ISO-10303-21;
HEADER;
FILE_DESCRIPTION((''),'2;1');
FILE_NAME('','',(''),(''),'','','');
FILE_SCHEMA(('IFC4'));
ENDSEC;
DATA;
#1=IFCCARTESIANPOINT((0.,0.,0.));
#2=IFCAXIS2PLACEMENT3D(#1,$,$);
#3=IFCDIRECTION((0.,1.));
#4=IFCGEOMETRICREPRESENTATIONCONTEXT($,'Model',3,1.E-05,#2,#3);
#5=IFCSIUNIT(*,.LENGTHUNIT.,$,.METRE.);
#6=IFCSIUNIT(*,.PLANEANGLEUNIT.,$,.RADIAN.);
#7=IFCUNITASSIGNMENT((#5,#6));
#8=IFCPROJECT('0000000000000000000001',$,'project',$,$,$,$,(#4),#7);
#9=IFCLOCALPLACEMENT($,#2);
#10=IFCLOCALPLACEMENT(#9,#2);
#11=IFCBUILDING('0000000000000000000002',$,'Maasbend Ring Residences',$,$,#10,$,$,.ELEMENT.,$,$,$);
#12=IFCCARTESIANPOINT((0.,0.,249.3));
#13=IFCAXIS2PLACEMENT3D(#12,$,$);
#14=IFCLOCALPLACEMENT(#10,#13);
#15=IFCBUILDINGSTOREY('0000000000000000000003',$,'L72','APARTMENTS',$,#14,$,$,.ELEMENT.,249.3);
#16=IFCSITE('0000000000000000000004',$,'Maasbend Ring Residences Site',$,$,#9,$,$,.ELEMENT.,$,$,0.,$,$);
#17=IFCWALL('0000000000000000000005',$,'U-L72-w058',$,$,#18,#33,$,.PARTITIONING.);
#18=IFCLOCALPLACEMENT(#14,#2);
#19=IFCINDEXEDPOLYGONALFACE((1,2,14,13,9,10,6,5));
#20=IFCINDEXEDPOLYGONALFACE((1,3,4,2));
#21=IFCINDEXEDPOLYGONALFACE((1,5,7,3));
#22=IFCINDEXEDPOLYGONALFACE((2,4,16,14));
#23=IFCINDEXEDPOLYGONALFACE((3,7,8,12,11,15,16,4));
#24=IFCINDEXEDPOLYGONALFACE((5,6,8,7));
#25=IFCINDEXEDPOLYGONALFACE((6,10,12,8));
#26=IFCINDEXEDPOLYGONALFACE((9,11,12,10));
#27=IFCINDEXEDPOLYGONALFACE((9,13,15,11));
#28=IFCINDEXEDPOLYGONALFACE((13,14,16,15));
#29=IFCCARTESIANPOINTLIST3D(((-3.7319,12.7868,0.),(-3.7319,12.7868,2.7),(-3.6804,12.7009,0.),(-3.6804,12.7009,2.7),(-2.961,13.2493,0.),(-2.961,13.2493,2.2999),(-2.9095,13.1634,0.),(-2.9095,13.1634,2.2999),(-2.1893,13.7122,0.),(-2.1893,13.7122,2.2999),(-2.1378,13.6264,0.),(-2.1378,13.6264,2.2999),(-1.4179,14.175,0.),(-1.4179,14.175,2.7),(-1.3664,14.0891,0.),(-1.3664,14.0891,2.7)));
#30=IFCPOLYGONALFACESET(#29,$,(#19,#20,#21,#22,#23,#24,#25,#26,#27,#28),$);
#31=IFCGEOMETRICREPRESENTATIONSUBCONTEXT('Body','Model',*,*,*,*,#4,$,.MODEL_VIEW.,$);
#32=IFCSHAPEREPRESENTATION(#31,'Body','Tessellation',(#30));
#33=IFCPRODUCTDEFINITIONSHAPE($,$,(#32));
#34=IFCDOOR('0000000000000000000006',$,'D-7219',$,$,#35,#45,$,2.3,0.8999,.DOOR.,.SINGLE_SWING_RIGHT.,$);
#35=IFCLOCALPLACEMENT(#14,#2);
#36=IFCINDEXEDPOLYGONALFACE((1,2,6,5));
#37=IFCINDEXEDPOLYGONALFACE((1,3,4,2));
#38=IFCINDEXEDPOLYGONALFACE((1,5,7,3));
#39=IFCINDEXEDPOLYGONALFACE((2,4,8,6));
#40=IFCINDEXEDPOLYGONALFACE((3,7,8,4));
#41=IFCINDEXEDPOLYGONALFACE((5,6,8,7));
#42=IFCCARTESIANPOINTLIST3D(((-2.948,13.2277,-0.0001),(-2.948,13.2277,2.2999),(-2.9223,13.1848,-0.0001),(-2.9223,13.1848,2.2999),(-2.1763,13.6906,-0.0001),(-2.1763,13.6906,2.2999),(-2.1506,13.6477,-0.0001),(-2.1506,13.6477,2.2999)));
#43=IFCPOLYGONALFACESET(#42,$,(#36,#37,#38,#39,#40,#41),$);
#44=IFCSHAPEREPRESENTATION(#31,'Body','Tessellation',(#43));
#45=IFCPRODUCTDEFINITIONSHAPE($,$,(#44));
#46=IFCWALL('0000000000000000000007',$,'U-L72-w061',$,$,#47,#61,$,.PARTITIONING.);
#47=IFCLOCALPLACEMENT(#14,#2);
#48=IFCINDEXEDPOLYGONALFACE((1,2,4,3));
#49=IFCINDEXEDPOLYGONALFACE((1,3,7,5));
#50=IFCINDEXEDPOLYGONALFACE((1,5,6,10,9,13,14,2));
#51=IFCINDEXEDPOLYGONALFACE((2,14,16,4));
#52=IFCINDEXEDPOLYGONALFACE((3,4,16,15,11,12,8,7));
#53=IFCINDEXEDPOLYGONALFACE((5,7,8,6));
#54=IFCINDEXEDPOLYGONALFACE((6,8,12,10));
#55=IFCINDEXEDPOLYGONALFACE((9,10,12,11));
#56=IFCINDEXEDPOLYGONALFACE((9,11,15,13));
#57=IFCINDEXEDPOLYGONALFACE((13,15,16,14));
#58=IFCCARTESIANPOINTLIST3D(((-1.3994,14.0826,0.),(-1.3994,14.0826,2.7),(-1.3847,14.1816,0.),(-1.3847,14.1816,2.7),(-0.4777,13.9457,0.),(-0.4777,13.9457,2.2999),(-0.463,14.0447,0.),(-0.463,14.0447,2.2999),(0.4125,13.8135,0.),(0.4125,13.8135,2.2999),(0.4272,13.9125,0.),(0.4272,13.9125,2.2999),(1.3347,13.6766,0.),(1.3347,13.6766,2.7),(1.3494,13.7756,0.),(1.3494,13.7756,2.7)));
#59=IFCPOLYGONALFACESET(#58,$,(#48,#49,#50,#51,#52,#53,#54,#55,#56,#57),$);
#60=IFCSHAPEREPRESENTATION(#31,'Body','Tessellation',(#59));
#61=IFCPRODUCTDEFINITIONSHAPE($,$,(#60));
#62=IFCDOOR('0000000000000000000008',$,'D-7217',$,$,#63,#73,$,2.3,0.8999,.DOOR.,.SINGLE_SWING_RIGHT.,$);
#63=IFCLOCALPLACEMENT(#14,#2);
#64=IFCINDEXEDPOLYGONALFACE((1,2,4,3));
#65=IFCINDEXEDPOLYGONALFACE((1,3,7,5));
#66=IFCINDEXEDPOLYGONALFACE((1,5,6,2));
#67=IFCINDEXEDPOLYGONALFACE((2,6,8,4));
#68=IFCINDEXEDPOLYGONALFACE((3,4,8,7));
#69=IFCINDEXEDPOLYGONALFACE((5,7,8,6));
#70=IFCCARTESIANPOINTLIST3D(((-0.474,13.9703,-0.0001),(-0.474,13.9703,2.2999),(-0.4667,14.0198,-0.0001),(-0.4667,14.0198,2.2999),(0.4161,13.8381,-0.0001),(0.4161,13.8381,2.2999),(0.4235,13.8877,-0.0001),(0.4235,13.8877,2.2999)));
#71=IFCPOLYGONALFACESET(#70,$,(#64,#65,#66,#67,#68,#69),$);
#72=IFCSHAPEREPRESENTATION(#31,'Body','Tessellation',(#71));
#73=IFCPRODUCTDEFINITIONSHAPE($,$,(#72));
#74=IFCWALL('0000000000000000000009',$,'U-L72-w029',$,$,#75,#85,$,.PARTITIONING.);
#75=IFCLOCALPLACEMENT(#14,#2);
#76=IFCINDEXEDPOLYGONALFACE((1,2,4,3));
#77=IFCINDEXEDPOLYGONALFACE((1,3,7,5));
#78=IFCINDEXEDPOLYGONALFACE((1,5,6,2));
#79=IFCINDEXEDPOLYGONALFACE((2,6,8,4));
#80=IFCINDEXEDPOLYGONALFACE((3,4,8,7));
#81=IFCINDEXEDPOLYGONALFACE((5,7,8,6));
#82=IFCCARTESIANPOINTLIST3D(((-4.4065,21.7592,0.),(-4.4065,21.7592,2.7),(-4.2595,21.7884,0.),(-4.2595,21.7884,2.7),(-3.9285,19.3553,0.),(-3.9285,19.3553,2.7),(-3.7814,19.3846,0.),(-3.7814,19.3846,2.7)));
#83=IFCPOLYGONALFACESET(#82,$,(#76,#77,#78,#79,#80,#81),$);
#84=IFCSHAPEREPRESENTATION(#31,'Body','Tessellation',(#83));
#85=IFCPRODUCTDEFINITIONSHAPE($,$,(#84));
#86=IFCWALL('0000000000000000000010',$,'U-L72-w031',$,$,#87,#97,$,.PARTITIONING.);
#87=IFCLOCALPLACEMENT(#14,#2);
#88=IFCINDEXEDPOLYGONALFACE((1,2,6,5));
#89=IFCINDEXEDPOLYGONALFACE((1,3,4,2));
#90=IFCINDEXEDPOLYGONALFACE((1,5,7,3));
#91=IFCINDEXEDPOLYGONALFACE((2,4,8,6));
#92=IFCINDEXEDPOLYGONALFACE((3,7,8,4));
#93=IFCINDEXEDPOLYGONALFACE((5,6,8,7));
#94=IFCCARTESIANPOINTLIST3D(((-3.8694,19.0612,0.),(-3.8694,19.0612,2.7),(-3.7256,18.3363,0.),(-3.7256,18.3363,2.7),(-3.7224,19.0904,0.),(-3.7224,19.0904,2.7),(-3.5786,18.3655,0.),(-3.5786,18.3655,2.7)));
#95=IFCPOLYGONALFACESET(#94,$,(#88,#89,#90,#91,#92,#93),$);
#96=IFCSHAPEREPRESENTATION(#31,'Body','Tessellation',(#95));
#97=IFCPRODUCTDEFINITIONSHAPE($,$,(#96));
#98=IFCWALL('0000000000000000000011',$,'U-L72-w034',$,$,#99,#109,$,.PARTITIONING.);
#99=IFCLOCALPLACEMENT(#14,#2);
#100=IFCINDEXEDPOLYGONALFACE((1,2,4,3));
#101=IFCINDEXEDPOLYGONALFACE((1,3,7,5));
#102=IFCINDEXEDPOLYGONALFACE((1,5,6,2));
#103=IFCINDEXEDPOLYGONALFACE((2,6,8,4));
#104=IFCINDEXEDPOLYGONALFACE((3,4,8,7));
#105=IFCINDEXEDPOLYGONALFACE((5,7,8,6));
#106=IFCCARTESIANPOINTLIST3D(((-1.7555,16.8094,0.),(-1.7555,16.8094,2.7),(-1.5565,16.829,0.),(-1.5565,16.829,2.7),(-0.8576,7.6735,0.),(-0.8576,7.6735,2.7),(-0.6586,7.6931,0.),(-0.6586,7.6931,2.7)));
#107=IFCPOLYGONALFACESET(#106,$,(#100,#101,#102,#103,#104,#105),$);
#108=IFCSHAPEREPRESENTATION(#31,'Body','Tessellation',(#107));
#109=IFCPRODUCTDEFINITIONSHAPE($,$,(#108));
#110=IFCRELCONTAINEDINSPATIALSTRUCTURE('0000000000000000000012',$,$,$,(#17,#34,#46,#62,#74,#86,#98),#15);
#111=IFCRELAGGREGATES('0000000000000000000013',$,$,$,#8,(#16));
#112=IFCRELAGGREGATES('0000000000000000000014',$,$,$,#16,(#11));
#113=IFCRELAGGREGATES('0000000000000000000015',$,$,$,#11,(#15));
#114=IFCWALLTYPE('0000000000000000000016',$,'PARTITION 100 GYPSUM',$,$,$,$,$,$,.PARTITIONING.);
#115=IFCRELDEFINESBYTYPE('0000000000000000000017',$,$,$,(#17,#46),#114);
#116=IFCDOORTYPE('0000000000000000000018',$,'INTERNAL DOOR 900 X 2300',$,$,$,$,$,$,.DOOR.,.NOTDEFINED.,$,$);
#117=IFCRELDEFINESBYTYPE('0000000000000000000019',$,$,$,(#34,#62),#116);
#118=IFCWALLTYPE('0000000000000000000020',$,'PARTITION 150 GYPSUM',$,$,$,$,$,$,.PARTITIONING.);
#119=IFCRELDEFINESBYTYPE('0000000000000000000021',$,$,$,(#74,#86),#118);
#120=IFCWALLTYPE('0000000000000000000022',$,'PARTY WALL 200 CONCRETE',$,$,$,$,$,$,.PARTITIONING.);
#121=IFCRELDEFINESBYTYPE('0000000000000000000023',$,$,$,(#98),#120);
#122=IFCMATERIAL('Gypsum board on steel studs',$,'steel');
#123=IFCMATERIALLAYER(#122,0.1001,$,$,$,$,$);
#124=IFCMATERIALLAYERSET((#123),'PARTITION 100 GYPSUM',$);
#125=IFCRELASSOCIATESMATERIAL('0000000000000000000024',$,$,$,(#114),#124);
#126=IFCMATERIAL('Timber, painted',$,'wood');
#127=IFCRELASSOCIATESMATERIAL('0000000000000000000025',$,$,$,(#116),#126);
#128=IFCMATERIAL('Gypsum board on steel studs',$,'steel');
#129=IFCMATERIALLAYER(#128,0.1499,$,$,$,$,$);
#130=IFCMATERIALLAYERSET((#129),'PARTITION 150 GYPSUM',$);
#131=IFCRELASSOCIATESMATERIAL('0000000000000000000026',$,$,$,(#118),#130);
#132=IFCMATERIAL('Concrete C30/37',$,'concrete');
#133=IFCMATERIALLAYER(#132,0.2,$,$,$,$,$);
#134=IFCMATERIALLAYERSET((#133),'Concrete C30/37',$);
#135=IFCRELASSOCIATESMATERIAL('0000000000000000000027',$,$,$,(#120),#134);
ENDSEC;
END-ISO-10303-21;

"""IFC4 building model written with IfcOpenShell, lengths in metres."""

from ifc_helpers import new_model, si_unit, direction, frame, frame_2d, origin, place, context, subcontext, project, spatial, rectangle, extrude, material, layer, layer_set, type_object, element, fill, save


model = new_model("IFC4")

# Units and contexts
model_context = context("Model", 3, precision=1e-05, world=origin(), true_north=direction((0.0, 1.0)))
body_context = subcontext(model_context, "Body", "Model", "MODEL_VIEW")
ifc_project = project(units=[si_unit("LENGTHUNIT", "METRE"), si_unit("PLANEANGLEUNIT", "RADIAN")], contexts=[model_context])

# Site, building, storey
site_placement = place(None, origin())
site = spatial("IfcSite", under=ifc_project, at=site_placement, Name="Maasbend Ring Residences Site", CompositionType="ELEMENT", RefElevation=0.0)
building_placement = place(site_placement, origin())
building = spatial("IfcBuilding", under=site, at=building_placement, Name="Maasbend Ring Residences", CompositionType="ELEMENT")
storey_placement = place(building_placement, frame((0.0, 0.0, 249.3)))
storey = spatial("IfcBuildingStorey", under=building, at=storey_placement, Name="L72", Description="APARTMENTS", CompositionType="ELEMENT", Elevation=249.3)

# Shared definitions
ifc_material_1 = material(Name="Gypsum board on steel studs", Category="steel")
ifc_layer_1 = layer(ifc_material_1, 0.1001)
ifc_layer_set_1 = layer_set([ifc_layer_1], Name="PARTITION 100 GYPSUM")
wall_type_1 = type_object("IfcWallType", Name="PARTITION 100 GYPSUM", PredefinedType="PARTITIONING", material=ifc_layer_set_1)
ifc_material_2 = material(Name="Timber, painted", Category="wood")
door_type_1 = type_object("IfcDoorType", Name="INTERNAL DOOR 900 X 2300", OperationType="NOTDEFINED", PredefinedType="DOOR", material=ifc_material_2)

# Walls, openings, doors
wall_1_placement = place(storey_placement, frame((-3.7061, 12.7439, 0.0), z_axis=(0.0, 0.0, 1.0), x_axis=(0.857525, 0.514443, 0.0)))
wall_1 = element("IfcWall", 1, at=wall_1_placement, inside=storey, type_object=wall_type_1, Name="U-L72-w058", PredefinedType="PARTITIONING", context=body_context, shape_type="SweptSolid", body=[
    extrude(rectangle(XDim=2.6985, YDim=0.1001, at=frame_2d((1.3491, 0.0))), origin(), (0.0, 0.0, 1.0), 2.7),
])
opening_1_placement = place(wall_1_placement, frame((0.8989, 0.0, 0.0)))
opening_1 = element("IfcOpeningElement", 2, at=opening_1_placement, cuts=wall_1, PredefinedType="OPENING", context=body_context, shape_type="SweptSolid", body=[
    extrude(rectangle(XDim=0.8999, YDim=2.3, at=frame_2d((0.45, 1.1499))), frame((0.0, 0.0601, 0.0), z_axis=(0.0, -1.0, 0.0), x_axis=(1.0, 0.0, 0.0)), (0.0, 0.0, 1.0), 0.1201),
])
door_1_placement = place(opening_1_placement, origin())
door_1 = element("IfcDoor", 3, at=door_1_placement, inside=storey, type_object=door_type_1, Name="D-7219", OperationType="SINGLE_SWING_RIGHT", OverallHeight=2.3, OverallWidth=0.8999, PredefinedType="DOOR", context=body_context, shape_type="SweptSolid", body=[
    extrude(rectangle(XDim=0.8999, YDim=2.3, at=frame_2d((0.45, 1.1499))), frame((0.0, 0.0249, 0.0), z_axis=(0.0, -1.0, 0.0), x_axis=(1.0, 0.0, 0.0)), (0.0, 0.0, 1.0), 0.05),
])
fill(opening_1, door_1)
wall_2_placement = place(storey_placement, frame((-1.3921, 14.1321, 0.0), z_axis=(0.0, 0.0, 1.0), x_axis=(0.989154, -0.146885, 0.0)))
wall_2 = element("IfcWall", 4, at=wall_2_placement, inside=storey, type_object=wall_type_1, Name="U-L72-w061", PredefinedType="PARTITIONING", context=body_context, shape_type="SweptSolid", body=[
    extrude(rectangle(XDim=2.7642, YDim=0.1001, at=frame_2d((1.3821, 0.0))), origin(), (0.0, 0.0, 1.0), 2.7),
])
opening_2_placement = place(wall_2_placement, frame((0.9319, 0.0, 0.0)))
opening_2 = element("IfcOpeningElement", 5, at=opening_2_placement, cuts=wall_2, PredefinedType="OPENING", context=body_context, shape_type="SweptSolid", body=[
    extrude(rectangle(XDim=0.8999, YDim=2.3, at=frame_2d((0.45, 1.1499))), frame((0.0, 0.0601, 0.0), z_axis=(0.0, -1.0, 0.0), x_axis=(1.0, 0.0, 0.0)), (0.0, 0.0, 1.0), 0.1201),
])
door_2_placement = place(opening_2_placement, origin())
door_2 = element("IfcDoor", 6, at=door_2_placement, inside=storey, type_object=door_type_1, Name="D-7217", OperationType="SINGLE_SWING_RIGHT", OverallHeight=2.3, OverallWidth=0.8999, PredefinedType="DOOR", context=body_context, shape_type="SweptSolid", body=[
    extrude(rectangle(XDim=0.8999, YDim=2.3, at=frame_2d((0.45, 1.1499))), frame((0.0, 0.0249, 0.0), z_axis=(0.0, -1.0, 0.0), x_axis=(1.0, 0.0, 0.0)), (0.0, 0.0, 1.0), 0.05),
])
fill(opening_2, door_2)

# Walls
ifc_material_3 = material(Name="Gypsum board on steel studs", Category="steel")
ifc_layer_2 = layer(ifc_material_3, 0.1499)
ifc_layer_set_2 = layer_set([ifc_layer_2], Name="PARTITION 150 GYPSUM")
wall_type_2 = type_object("IfcWallType", Name="PARTITION 150 GYPSUM", PredefinedType="PARTITIONING", material=ifc_layer_set_2)
wall_3_placement = place(storey_placement, frame((-4.333, 21.7739, 0.0), z_axis=(0.0, 0.0, 1.0), x_axis=(0.195043, -0.980795, 0.0)))
element("IfcWall", 7, at=wall_3_placement, inside=storey, type_object=wall_type_2, Name="U-L72-w029", PredefinedType="PARTITIONING", context=body_context, shape_type="SweptSolid", body=[
    extrude(rectangle(XDim=2.4509, YDim=0.1499, at=frame_2d((1.2256, 0.0))), origin(), (0.0, 0.0, 1.0), 2.7),
])
wall_4_placement = place(storey_placement, frame((-3.7959, 19.0759, 0.0), z_axis=(0.0, 0.0, 1.0), x_axis=(0.194591, -0.980884, 0.0)))
element("IfcWall", 8, at=wall_4_placement, inside=storey, type_object=wall_type_2, Name="U-L72-w031", PredefinedType="PARTITIONING", context=body_context, shape_type="SweptSolid", body=[
    extrude(rectangle(XDim=0.739, YDim=0.1499, at=frame_2d((0.3696, 0.0))), origin(), (0.0, 0.0, 1.0), 2.7),
])
ifc_material_4 = material(Name="Concrete C30/37", Category="concrete")
ifc_layer_3 = layer(ifc_material_4, 0.2)
ifc_layer_set_3 = layer_set([ifc_layer_3], Name="Concrete C30/37")
wall_type_3 = type_object("IfcWallType", Name="PARTY WALL 200 CONCRETE", PredefinedType="PARTITIONING", material=ifc_layer_set_3)
wall_5_placement = place(storey_placement, frame((-1.656, 16.8191, 0.0), z_axis=(0.0, 0.0, 1.0), x_axis=(0.097816, -0.995205, 0.0)))
element("IfcWall", 9, at=wall_5_placement, inside=storey, type_object=wall_type_3, Name="U-L72-w034", PredefinedType="PARTITIONING", context=body_context, shape_type="SweptSolid", body=[
    extrude(rectangle(XDim=9.1799, YDim=0.2, at=frame_2d((4.5898, 0.0))), origin(), (0.0, 0.0, 1.0), 2.7),
])

save(model, "model.ifc")
